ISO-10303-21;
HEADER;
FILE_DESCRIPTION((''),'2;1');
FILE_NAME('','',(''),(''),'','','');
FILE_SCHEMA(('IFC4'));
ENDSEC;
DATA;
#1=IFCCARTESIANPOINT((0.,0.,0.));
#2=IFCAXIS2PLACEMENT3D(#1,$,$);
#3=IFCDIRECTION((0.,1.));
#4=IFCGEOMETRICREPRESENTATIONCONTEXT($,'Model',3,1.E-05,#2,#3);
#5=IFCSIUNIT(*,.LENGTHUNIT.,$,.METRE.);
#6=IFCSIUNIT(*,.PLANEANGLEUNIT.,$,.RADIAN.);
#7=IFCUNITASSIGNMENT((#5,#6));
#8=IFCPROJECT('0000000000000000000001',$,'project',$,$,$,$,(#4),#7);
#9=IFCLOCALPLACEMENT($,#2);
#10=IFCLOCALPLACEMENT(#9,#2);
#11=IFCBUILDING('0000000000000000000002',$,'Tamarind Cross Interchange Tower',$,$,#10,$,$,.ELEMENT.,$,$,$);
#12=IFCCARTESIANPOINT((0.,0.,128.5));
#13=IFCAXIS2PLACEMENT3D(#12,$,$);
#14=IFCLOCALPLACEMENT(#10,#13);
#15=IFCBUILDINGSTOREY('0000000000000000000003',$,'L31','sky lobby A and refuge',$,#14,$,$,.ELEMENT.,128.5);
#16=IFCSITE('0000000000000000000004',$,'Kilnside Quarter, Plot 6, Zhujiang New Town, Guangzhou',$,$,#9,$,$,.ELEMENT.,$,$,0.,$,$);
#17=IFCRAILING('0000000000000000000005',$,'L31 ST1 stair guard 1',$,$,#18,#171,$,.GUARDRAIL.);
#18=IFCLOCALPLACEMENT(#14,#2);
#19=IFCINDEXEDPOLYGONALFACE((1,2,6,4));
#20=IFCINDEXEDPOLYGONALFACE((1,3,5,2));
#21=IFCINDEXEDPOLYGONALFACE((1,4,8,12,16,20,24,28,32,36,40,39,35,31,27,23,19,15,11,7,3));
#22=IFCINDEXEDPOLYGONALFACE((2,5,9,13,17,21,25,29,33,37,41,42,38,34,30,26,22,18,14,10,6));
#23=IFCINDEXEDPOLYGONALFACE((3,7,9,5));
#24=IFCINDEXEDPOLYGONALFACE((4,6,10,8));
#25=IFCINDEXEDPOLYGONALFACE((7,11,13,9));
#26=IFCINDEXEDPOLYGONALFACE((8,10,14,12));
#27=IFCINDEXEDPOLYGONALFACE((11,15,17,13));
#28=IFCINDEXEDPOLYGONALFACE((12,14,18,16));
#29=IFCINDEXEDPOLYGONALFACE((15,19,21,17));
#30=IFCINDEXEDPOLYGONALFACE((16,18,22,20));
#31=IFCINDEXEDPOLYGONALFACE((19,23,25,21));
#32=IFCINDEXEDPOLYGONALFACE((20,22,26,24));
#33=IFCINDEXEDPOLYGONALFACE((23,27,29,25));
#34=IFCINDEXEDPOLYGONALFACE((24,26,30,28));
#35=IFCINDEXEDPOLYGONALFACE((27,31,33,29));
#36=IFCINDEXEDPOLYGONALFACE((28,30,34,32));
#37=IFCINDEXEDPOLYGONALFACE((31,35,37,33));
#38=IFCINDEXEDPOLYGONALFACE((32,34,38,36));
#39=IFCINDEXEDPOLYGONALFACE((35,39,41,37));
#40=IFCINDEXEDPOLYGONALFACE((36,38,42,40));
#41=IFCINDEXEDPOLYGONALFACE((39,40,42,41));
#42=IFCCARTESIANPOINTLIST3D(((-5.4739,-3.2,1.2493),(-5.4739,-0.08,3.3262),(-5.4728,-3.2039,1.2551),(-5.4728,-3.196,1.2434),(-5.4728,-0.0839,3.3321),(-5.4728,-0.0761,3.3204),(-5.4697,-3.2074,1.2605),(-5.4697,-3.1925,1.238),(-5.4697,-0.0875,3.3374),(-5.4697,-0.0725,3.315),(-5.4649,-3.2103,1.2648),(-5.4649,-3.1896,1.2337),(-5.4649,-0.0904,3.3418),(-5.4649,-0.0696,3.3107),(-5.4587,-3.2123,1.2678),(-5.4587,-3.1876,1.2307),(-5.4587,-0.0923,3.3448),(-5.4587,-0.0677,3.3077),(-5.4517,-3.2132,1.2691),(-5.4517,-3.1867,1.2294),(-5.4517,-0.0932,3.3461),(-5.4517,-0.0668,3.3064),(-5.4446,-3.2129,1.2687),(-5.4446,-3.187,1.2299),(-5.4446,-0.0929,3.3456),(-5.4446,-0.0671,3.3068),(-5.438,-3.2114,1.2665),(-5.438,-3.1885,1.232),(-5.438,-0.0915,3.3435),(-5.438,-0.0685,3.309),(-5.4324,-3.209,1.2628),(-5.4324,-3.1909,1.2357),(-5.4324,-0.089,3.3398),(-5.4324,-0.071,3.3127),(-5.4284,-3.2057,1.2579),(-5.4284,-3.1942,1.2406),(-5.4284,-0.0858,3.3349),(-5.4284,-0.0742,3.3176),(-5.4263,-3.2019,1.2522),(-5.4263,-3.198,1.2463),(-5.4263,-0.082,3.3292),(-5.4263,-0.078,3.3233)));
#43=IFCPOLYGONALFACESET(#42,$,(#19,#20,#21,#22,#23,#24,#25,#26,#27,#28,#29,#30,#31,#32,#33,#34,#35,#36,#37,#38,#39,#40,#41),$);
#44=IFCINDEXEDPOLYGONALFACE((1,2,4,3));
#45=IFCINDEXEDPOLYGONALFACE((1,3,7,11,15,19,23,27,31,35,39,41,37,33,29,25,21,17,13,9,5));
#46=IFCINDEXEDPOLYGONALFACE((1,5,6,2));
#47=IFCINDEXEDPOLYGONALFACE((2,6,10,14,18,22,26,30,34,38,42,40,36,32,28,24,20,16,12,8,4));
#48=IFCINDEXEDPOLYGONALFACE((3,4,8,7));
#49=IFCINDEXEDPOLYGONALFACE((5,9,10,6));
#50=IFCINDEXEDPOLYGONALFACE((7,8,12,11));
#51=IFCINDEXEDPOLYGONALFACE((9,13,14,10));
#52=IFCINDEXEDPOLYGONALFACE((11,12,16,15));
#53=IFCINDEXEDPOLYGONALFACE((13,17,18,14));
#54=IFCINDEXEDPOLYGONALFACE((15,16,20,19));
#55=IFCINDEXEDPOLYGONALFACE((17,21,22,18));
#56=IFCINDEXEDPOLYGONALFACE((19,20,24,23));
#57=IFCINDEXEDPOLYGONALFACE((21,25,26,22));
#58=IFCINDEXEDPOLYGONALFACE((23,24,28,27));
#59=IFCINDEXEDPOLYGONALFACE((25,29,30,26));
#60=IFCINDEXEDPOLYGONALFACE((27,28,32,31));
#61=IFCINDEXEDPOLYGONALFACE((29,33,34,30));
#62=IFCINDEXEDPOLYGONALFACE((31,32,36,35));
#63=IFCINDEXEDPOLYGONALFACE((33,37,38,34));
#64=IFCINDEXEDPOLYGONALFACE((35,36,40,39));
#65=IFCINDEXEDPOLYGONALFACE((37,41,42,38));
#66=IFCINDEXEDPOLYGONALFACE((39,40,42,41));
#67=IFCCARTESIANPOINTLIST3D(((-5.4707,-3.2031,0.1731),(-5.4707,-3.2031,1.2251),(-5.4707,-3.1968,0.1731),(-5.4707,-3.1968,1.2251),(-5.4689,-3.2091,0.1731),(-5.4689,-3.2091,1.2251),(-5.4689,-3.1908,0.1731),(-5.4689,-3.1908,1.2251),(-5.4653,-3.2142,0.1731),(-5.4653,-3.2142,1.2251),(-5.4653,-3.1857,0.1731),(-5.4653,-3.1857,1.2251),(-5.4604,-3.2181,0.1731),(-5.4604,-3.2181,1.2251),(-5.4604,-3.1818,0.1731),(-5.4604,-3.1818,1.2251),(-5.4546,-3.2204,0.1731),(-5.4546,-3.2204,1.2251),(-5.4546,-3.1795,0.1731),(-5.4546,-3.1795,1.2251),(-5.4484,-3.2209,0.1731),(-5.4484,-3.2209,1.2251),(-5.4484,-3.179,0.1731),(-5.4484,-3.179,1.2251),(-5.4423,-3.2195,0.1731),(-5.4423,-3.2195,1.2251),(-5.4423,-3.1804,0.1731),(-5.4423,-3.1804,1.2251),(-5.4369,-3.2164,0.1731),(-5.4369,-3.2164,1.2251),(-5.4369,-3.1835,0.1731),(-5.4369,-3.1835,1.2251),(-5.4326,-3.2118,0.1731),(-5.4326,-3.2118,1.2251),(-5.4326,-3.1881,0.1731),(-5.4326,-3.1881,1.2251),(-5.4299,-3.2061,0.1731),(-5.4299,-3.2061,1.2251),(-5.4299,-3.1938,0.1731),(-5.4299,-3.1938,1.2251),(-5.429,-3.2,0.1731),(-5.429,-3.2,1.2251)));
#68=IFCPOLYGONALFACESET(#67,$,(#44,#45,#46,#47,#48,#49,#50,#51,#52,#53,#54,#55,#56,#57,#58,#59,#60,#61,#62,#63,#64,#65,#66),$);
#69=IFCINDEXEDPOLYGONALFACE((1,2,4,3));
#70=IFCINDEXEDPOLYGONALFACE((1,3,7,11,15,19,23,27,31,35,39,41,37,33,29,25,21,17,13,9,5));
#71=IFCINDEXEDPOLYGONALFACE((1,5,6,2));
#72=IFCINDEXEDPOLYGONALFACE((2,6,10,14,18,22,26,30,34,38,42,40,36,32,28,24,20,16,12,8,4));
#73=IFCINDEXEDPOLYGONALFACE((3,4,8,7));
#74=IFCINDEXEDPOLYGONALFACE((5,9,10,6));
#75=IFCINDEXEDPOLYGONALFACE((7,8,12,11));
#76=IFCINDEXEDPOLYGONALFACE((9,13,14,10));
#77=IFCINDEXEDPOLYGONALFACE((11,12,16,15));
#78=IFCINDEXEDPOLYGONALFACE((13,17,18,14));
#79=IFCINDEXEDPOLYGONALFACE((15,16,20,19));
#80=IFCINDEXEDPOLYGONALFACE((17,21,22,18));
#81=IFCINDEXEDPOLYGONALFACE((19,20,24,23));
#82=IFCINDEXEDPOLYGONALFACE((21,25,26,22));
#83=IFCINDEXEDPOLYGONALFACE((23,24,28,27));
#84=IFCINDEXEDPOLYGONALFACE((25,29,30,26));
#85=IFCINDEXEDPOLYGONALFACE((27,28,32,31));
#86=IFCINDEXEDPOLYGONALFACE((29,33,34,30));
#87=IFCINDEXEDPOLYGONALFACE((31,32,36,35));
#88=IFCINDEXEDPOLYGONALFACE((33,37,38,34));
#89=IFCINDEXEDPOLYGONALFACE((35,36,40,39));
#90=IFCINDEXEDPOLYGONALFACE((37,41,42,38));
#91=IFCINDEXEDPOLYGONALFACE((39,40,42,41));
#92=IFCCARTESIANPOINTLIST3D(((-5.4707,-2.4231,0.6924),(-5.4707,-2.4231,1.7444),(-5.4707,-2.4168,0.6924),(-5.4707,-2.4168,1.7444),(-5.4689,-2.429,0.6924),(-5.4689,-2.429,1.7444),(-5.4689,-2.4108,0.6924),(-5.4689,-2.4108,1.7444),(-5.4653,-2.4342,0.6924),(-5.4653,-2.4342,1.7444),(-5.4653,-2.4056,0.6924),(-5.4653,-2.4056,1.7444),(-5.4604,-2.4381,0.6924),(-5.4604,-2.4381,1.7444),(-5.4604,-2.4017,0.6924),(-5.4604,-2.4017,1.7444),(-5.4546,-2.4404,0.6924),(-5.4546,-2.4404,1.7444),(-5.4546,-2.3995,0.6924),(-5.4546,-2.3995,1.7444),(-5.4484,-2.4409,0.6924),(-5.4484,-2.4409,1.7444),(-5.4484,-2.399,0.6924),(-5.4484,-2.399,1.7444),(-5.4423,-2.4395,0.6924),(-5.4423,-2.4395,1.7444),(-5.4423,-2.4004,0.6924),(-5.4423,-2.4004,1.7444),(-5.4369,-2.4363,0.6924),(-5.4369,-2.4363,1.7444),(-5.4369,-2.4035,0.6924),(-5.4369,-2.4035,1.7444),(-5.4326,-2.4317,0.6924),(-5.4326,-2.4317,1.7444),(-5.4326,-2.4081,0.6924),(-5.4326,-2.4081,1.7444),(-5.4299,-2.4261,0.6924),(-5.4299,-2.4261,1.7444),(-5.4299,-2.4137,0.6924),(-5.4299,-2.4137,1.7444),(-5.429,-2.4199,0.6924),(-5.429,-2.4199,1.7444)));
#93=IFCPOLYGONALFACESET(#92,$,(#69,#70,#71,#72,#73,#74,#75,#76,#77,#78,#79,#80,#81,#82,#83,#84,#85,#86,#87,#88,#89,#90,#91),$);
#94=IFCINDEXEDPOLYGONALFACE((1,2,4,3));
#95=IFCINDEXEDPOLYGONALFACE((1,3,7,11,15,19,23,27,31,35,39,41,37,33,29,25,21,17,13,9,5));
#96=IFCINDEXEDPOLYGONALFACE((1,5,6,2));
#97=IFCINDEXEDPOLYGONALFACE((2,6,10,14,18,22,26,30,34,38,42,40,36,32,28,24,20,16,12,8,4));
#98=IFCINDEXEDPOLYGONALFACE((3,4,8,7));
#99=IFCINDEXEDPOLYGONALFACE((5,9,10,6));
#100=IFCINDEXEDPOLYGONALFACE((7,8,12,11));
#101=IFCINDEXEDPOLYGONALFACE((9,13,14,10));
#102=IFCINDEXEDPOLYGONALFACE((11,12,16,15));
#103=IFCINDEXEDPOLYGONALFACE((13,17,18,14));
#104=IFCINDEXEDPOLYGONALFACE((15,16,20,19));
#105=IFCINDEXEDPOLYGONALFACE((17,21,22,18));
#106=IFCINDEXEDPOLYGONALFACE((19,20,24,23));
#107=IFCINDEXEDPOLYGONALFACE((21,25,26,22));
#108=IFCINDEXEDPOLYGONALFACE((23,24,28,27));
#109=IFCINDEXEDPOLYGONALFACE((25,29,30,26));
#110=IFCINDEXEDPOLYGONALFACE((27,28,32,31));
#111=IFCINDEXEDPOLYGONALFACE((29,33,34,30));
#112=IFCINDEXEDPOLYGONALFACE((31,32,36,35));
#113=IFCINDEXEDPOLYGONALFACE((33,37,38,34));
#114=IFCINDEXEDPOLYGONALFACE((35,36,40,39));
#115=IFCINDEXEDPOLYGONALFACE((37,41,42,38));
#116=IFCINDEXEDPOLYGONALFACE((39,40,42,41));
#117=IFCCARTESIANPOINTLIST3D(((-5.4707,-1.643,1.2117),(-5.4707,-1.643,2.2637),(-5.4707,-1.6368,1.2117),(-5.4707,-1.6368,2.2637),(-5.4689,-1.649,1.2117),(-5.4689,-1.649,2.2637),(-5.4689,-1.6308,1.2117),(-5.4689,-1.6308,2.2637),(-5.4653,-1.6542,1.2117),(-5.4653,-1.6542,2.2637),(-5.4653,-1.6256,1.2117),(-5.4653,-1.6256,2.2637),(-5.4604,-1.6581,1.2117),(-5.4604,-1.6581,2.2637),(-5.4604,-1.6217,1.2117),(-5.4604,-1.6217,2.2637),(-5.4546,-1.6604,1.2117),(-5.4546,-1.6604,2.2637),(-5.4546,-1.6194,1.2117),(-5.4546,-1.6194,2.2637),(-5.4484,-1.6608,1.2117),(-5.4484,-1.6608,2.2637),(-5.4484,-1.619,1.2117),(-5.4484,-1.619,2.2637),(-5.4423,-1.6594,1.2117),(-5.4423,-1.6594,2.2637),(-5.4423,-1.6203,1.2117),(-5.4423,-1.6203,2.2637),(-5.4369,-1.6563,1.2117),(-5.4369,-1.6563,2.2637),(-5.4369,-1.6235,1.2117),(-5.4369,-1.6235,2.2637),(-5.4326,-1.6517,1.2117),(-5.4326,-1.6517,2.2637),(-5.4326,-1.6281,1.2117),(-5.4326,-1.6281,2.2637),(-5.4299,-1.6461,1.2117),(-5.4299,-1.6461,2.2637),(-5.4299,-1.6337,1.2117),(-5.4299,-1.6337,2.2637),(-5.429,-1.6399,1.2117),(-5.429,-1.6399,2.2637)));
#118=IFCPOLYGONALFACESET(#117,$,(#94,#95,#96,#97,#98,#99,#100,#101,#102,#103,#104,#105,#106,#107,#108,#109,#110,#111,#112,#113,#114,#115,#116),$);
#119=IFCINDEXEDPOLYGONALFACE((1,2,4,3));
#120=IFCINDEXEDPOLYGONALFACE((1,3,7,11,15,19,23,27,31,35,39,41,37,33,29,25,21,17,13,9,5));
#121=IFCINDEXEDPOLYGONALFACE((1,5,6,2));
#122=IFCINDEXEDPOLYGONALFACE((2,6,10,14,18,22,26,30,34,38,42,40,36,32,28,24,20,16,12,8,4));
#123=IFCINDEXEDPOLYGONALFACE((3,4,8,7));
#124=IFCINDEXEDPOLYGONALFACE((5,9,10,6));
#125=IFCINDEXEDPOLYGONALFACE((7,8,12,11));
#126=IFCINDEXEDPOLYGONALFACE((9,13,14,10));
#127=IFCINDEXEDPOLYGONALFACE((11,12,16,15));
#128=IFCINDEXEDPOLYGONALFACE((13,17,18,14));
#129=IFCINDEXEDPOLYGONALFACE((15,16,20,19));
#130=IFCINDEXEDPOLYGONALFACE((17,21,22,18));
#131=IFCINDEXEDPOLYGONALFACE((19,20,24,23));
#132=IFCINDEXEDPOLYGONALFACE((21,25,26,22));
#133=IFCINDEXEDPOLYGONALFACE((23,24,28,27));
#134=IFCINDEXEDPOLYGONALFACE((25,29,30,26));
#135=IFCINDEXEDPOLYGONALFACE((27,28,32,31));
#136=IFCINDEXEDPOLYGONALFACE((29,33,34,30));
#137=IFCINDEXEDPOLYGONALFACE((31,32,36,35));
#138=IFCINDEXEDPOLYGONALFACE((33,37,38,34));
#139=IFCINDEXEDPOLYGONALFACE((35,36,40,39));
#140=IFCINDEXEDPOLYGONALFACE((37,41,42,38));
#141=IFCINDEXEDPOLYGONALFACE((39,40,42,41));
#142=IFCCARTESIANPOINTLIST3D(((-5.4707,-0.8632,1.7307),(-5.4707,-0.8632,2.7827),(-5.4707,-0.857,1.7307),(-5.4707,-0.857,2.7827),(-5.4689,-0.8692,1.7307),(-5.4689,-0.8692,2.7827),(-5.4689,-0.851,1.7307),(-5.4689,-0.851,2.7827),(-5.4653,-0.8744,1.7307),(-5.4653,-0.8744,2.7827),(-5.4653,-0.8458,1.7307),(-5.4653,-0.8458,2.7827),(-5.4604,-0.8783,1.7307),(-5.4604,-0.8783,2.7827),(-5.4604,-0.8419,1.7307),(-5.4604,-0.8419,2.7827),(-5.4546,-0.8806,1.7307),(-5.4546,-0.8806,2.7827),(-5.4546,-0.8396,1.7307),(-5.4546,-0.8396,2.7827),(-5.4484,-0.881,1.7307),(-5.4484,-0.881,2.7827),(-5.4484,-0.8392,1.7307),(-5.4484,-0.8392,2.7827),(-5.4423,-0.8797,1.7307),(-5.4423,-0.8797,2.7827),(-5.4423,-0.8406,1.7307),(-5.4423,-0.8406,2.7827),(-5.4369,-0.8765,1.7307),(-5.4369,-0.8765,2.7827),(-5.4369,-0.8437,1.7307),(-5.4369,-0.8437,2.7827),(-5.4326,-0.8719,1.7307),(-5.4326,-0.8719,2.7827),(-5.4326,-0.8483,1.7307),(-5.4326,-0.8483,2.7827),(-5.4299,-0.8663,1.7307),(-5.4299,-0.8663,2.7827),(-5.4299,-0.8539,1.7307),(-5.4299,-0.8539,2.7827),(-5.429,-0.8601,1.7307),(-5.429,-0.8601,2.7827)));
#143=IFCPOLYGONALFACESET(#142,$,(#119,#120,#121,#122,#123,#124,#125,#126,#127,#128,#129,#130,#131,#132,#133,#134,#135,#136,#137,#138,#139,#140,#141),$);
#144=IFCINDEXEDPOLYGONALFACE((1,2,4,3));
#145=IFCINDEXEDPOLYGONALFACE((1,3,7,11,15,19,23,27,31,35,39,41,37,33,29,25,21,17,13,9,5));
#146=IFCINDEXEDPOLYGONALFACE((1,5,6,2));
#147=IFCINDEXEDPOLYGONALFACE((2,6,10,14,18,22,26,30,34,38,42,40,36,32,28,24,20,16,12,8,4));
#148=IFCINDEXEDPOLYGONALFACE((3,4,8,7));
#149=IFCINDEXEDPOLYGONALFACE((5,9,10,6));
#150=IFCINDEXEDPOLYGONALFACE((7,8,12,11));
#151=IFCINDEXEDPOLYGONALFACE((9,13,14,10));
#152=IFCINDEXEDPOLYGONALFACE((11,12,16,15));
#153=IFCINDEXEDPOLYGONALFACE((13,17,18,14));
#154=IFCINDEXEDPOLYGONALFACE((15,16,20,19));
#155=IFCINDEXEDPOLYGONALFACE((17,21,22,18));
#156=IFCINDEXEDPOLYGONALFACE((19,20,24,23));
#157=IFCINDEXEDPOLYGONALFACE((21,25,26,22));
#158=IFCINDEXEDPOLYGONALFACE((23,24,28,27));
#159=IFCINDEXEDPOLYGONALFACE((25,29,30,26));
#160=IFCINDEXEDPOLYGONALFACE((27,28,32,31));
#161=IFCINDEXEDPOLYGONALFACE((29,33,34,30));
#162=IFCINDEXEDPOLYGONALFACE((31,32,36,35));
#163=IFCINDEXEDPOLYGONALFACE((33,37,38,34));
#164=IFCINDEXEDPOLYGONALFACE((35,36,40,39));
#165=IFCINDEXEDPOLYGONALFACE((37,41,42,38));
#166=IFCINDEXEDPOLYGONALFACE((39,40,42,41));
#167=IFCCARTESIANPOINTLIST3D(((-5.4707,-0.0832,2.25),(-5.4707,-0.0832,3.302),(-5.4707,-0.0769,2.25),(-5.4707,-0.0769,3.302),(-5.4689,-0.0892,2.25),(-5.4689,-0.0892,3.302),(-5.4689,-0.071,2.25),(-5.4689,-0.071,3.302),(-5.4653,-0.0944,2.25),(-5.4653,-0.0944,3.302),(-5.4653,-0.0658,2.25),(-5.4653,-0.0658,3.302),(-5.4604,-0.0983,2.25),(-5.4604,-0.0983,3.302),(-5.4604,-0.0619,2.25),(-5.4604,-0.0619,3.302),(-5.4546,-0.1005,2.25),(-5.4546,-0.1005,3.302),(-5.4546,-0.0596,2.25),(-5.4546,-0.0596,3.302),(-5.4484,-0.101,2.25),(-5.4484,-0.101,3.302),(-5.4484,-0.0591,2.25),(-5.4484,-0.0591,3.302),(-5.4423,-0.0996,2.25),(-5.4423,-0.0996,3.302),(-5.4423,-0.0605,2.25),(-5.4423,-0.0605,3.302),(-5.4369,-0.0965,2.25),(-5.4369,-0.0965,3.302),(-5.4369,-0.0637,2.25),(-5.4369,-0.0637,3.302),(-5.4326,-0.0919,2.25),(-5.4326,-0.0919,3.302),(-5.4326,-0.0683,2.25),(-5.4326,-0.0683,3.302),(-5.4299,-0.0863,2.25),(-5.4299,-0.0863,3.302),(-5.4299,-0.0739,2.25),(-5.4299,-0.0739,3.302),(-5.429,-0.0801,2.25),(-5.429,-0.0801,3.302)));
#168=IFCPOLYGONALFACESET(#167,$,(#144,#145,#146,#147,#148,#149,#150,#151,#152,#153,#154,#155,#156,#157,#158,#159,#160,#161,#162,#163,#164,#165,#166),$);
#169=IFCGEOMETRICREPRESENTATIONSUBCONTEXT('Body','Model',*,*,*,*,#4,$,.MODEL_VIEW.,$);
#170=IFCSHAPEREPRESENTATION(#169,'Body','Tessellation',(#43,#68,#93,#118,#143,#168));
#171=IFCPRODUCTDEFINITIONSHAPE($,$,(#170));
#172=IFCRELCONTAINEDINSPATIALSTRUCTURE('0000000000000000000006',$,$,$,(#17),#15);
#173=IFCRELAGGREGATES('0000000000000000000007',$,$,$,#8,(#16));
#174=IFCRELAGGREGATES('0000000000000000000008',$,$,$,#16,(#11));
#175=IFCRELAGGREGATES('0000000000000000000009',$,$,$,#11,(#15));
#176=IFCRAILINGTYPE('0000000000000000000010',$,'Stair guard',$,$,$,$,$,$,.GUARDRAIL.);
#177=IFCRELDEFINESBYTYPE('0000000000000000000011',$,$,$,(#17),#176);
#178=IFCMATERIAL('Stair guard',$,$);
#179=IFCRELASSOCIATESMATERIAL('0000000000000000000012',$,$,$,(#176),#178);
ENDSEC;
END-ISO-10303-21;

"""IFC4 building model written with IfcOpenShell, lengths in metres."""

from ifc_helpers import new_model, si_unit, direction, frame, origin, origin_2d, place, context, subcontext, project, spatial, circle, extrude, material, type_object, element, save


model = new_model("IFC4")

# Units and contexts
model_context = context("Model", 3, precision=1e-05, world=origin(), true_north=direction((0.0, 1.0)))
body_context = subcontext(model_context, "Body", "Model", "MODEL_VIEW")
ifc_project = project(units=[si_unit("LENGTHUNIT", "METRE"), si_unit("PLANEANGLEUNIT", "RADIAN")], contexts=[model_context])

# Site, building, storey
site_placement = place(None, origin())
site = spatial("IfcSite", under=ifc_project, at=site_placement, Name="Kilnside Quarter, Plot 6, Zhujiang New Town, Guangzhou", CompositionType="ELEMENT", RefElevation=0.0)
building_placement = place(site_placement, origin())
building = spatial("IfcBuilding", under=site, at=building_placement, Name="Tamarind Cross Interchange Tower", CompositionType="ELEMENT")
storey_placement = place(building_placement, frame((0.0, 0.0, 128.5)))
storey = spatial("IfcBuildingStorey", under=building, at=storey_placement, Name="L31", Description="sky lobby A and refuge", CompositionType="ELEMENT", Elevation=128.5)

# Railing
ifc_material_1 = material(Name="Stair guard")
railing_type_1 = type_object("IfcRailingType", Name="Stair guard", PredefinedType="GUARDRAIL", material=ifc_material_1)
railing_1_placement = place(storey_placement, frame((-5.45, -3.2, 0.1731)))
element("IfcRailing", 1, at=railing_1_placement, inside=storey, type_object=railing_type_1, Name="L31 ST1 stair guard 1", PredefinedType="GUARDRAIL", context=body_context, shape_type="SweptSolid", body=[
    extrude(circle(Radius=0.0239, at=origin_2d()), frame((0.0, 0.0, 1.0762), z_axis=(0.0, 0.832421, 0.554144), x_axis=(-1.0, 0.0, 0.0)), (0.0, 0.0, 1.0), 3.748),
    extrude(circle(Radius=0.021, at=origin_2d()), origin(), (0.0, 0.0, 1.0), 1.052),
    extrude(circle(Radius=0.021, at=origin_2d()), frame((0.0, 0.78, 0.5193)), (0.0, 0.0, 1.0), 1.052),
    extrude(circle(Radius=0.021, at=origin_2d()), frame((0.0, 1.5601, 1.0386)), (0.0, 0.0, 1.0), 1.052),
    extrude(circle(Radius=0.021, at=origin_2d()), frame((0.0, 2.3398, 1.5576)), (0.0, 0.0, 1.0), 1.052),
    extrude(circle(Radius=0.021, at=origin_2d()), frame((0.0, 3.1199, 2.0769)), (0.0, 0.0, 1.0), 1.052),
])

save(model, "model.ifc")
